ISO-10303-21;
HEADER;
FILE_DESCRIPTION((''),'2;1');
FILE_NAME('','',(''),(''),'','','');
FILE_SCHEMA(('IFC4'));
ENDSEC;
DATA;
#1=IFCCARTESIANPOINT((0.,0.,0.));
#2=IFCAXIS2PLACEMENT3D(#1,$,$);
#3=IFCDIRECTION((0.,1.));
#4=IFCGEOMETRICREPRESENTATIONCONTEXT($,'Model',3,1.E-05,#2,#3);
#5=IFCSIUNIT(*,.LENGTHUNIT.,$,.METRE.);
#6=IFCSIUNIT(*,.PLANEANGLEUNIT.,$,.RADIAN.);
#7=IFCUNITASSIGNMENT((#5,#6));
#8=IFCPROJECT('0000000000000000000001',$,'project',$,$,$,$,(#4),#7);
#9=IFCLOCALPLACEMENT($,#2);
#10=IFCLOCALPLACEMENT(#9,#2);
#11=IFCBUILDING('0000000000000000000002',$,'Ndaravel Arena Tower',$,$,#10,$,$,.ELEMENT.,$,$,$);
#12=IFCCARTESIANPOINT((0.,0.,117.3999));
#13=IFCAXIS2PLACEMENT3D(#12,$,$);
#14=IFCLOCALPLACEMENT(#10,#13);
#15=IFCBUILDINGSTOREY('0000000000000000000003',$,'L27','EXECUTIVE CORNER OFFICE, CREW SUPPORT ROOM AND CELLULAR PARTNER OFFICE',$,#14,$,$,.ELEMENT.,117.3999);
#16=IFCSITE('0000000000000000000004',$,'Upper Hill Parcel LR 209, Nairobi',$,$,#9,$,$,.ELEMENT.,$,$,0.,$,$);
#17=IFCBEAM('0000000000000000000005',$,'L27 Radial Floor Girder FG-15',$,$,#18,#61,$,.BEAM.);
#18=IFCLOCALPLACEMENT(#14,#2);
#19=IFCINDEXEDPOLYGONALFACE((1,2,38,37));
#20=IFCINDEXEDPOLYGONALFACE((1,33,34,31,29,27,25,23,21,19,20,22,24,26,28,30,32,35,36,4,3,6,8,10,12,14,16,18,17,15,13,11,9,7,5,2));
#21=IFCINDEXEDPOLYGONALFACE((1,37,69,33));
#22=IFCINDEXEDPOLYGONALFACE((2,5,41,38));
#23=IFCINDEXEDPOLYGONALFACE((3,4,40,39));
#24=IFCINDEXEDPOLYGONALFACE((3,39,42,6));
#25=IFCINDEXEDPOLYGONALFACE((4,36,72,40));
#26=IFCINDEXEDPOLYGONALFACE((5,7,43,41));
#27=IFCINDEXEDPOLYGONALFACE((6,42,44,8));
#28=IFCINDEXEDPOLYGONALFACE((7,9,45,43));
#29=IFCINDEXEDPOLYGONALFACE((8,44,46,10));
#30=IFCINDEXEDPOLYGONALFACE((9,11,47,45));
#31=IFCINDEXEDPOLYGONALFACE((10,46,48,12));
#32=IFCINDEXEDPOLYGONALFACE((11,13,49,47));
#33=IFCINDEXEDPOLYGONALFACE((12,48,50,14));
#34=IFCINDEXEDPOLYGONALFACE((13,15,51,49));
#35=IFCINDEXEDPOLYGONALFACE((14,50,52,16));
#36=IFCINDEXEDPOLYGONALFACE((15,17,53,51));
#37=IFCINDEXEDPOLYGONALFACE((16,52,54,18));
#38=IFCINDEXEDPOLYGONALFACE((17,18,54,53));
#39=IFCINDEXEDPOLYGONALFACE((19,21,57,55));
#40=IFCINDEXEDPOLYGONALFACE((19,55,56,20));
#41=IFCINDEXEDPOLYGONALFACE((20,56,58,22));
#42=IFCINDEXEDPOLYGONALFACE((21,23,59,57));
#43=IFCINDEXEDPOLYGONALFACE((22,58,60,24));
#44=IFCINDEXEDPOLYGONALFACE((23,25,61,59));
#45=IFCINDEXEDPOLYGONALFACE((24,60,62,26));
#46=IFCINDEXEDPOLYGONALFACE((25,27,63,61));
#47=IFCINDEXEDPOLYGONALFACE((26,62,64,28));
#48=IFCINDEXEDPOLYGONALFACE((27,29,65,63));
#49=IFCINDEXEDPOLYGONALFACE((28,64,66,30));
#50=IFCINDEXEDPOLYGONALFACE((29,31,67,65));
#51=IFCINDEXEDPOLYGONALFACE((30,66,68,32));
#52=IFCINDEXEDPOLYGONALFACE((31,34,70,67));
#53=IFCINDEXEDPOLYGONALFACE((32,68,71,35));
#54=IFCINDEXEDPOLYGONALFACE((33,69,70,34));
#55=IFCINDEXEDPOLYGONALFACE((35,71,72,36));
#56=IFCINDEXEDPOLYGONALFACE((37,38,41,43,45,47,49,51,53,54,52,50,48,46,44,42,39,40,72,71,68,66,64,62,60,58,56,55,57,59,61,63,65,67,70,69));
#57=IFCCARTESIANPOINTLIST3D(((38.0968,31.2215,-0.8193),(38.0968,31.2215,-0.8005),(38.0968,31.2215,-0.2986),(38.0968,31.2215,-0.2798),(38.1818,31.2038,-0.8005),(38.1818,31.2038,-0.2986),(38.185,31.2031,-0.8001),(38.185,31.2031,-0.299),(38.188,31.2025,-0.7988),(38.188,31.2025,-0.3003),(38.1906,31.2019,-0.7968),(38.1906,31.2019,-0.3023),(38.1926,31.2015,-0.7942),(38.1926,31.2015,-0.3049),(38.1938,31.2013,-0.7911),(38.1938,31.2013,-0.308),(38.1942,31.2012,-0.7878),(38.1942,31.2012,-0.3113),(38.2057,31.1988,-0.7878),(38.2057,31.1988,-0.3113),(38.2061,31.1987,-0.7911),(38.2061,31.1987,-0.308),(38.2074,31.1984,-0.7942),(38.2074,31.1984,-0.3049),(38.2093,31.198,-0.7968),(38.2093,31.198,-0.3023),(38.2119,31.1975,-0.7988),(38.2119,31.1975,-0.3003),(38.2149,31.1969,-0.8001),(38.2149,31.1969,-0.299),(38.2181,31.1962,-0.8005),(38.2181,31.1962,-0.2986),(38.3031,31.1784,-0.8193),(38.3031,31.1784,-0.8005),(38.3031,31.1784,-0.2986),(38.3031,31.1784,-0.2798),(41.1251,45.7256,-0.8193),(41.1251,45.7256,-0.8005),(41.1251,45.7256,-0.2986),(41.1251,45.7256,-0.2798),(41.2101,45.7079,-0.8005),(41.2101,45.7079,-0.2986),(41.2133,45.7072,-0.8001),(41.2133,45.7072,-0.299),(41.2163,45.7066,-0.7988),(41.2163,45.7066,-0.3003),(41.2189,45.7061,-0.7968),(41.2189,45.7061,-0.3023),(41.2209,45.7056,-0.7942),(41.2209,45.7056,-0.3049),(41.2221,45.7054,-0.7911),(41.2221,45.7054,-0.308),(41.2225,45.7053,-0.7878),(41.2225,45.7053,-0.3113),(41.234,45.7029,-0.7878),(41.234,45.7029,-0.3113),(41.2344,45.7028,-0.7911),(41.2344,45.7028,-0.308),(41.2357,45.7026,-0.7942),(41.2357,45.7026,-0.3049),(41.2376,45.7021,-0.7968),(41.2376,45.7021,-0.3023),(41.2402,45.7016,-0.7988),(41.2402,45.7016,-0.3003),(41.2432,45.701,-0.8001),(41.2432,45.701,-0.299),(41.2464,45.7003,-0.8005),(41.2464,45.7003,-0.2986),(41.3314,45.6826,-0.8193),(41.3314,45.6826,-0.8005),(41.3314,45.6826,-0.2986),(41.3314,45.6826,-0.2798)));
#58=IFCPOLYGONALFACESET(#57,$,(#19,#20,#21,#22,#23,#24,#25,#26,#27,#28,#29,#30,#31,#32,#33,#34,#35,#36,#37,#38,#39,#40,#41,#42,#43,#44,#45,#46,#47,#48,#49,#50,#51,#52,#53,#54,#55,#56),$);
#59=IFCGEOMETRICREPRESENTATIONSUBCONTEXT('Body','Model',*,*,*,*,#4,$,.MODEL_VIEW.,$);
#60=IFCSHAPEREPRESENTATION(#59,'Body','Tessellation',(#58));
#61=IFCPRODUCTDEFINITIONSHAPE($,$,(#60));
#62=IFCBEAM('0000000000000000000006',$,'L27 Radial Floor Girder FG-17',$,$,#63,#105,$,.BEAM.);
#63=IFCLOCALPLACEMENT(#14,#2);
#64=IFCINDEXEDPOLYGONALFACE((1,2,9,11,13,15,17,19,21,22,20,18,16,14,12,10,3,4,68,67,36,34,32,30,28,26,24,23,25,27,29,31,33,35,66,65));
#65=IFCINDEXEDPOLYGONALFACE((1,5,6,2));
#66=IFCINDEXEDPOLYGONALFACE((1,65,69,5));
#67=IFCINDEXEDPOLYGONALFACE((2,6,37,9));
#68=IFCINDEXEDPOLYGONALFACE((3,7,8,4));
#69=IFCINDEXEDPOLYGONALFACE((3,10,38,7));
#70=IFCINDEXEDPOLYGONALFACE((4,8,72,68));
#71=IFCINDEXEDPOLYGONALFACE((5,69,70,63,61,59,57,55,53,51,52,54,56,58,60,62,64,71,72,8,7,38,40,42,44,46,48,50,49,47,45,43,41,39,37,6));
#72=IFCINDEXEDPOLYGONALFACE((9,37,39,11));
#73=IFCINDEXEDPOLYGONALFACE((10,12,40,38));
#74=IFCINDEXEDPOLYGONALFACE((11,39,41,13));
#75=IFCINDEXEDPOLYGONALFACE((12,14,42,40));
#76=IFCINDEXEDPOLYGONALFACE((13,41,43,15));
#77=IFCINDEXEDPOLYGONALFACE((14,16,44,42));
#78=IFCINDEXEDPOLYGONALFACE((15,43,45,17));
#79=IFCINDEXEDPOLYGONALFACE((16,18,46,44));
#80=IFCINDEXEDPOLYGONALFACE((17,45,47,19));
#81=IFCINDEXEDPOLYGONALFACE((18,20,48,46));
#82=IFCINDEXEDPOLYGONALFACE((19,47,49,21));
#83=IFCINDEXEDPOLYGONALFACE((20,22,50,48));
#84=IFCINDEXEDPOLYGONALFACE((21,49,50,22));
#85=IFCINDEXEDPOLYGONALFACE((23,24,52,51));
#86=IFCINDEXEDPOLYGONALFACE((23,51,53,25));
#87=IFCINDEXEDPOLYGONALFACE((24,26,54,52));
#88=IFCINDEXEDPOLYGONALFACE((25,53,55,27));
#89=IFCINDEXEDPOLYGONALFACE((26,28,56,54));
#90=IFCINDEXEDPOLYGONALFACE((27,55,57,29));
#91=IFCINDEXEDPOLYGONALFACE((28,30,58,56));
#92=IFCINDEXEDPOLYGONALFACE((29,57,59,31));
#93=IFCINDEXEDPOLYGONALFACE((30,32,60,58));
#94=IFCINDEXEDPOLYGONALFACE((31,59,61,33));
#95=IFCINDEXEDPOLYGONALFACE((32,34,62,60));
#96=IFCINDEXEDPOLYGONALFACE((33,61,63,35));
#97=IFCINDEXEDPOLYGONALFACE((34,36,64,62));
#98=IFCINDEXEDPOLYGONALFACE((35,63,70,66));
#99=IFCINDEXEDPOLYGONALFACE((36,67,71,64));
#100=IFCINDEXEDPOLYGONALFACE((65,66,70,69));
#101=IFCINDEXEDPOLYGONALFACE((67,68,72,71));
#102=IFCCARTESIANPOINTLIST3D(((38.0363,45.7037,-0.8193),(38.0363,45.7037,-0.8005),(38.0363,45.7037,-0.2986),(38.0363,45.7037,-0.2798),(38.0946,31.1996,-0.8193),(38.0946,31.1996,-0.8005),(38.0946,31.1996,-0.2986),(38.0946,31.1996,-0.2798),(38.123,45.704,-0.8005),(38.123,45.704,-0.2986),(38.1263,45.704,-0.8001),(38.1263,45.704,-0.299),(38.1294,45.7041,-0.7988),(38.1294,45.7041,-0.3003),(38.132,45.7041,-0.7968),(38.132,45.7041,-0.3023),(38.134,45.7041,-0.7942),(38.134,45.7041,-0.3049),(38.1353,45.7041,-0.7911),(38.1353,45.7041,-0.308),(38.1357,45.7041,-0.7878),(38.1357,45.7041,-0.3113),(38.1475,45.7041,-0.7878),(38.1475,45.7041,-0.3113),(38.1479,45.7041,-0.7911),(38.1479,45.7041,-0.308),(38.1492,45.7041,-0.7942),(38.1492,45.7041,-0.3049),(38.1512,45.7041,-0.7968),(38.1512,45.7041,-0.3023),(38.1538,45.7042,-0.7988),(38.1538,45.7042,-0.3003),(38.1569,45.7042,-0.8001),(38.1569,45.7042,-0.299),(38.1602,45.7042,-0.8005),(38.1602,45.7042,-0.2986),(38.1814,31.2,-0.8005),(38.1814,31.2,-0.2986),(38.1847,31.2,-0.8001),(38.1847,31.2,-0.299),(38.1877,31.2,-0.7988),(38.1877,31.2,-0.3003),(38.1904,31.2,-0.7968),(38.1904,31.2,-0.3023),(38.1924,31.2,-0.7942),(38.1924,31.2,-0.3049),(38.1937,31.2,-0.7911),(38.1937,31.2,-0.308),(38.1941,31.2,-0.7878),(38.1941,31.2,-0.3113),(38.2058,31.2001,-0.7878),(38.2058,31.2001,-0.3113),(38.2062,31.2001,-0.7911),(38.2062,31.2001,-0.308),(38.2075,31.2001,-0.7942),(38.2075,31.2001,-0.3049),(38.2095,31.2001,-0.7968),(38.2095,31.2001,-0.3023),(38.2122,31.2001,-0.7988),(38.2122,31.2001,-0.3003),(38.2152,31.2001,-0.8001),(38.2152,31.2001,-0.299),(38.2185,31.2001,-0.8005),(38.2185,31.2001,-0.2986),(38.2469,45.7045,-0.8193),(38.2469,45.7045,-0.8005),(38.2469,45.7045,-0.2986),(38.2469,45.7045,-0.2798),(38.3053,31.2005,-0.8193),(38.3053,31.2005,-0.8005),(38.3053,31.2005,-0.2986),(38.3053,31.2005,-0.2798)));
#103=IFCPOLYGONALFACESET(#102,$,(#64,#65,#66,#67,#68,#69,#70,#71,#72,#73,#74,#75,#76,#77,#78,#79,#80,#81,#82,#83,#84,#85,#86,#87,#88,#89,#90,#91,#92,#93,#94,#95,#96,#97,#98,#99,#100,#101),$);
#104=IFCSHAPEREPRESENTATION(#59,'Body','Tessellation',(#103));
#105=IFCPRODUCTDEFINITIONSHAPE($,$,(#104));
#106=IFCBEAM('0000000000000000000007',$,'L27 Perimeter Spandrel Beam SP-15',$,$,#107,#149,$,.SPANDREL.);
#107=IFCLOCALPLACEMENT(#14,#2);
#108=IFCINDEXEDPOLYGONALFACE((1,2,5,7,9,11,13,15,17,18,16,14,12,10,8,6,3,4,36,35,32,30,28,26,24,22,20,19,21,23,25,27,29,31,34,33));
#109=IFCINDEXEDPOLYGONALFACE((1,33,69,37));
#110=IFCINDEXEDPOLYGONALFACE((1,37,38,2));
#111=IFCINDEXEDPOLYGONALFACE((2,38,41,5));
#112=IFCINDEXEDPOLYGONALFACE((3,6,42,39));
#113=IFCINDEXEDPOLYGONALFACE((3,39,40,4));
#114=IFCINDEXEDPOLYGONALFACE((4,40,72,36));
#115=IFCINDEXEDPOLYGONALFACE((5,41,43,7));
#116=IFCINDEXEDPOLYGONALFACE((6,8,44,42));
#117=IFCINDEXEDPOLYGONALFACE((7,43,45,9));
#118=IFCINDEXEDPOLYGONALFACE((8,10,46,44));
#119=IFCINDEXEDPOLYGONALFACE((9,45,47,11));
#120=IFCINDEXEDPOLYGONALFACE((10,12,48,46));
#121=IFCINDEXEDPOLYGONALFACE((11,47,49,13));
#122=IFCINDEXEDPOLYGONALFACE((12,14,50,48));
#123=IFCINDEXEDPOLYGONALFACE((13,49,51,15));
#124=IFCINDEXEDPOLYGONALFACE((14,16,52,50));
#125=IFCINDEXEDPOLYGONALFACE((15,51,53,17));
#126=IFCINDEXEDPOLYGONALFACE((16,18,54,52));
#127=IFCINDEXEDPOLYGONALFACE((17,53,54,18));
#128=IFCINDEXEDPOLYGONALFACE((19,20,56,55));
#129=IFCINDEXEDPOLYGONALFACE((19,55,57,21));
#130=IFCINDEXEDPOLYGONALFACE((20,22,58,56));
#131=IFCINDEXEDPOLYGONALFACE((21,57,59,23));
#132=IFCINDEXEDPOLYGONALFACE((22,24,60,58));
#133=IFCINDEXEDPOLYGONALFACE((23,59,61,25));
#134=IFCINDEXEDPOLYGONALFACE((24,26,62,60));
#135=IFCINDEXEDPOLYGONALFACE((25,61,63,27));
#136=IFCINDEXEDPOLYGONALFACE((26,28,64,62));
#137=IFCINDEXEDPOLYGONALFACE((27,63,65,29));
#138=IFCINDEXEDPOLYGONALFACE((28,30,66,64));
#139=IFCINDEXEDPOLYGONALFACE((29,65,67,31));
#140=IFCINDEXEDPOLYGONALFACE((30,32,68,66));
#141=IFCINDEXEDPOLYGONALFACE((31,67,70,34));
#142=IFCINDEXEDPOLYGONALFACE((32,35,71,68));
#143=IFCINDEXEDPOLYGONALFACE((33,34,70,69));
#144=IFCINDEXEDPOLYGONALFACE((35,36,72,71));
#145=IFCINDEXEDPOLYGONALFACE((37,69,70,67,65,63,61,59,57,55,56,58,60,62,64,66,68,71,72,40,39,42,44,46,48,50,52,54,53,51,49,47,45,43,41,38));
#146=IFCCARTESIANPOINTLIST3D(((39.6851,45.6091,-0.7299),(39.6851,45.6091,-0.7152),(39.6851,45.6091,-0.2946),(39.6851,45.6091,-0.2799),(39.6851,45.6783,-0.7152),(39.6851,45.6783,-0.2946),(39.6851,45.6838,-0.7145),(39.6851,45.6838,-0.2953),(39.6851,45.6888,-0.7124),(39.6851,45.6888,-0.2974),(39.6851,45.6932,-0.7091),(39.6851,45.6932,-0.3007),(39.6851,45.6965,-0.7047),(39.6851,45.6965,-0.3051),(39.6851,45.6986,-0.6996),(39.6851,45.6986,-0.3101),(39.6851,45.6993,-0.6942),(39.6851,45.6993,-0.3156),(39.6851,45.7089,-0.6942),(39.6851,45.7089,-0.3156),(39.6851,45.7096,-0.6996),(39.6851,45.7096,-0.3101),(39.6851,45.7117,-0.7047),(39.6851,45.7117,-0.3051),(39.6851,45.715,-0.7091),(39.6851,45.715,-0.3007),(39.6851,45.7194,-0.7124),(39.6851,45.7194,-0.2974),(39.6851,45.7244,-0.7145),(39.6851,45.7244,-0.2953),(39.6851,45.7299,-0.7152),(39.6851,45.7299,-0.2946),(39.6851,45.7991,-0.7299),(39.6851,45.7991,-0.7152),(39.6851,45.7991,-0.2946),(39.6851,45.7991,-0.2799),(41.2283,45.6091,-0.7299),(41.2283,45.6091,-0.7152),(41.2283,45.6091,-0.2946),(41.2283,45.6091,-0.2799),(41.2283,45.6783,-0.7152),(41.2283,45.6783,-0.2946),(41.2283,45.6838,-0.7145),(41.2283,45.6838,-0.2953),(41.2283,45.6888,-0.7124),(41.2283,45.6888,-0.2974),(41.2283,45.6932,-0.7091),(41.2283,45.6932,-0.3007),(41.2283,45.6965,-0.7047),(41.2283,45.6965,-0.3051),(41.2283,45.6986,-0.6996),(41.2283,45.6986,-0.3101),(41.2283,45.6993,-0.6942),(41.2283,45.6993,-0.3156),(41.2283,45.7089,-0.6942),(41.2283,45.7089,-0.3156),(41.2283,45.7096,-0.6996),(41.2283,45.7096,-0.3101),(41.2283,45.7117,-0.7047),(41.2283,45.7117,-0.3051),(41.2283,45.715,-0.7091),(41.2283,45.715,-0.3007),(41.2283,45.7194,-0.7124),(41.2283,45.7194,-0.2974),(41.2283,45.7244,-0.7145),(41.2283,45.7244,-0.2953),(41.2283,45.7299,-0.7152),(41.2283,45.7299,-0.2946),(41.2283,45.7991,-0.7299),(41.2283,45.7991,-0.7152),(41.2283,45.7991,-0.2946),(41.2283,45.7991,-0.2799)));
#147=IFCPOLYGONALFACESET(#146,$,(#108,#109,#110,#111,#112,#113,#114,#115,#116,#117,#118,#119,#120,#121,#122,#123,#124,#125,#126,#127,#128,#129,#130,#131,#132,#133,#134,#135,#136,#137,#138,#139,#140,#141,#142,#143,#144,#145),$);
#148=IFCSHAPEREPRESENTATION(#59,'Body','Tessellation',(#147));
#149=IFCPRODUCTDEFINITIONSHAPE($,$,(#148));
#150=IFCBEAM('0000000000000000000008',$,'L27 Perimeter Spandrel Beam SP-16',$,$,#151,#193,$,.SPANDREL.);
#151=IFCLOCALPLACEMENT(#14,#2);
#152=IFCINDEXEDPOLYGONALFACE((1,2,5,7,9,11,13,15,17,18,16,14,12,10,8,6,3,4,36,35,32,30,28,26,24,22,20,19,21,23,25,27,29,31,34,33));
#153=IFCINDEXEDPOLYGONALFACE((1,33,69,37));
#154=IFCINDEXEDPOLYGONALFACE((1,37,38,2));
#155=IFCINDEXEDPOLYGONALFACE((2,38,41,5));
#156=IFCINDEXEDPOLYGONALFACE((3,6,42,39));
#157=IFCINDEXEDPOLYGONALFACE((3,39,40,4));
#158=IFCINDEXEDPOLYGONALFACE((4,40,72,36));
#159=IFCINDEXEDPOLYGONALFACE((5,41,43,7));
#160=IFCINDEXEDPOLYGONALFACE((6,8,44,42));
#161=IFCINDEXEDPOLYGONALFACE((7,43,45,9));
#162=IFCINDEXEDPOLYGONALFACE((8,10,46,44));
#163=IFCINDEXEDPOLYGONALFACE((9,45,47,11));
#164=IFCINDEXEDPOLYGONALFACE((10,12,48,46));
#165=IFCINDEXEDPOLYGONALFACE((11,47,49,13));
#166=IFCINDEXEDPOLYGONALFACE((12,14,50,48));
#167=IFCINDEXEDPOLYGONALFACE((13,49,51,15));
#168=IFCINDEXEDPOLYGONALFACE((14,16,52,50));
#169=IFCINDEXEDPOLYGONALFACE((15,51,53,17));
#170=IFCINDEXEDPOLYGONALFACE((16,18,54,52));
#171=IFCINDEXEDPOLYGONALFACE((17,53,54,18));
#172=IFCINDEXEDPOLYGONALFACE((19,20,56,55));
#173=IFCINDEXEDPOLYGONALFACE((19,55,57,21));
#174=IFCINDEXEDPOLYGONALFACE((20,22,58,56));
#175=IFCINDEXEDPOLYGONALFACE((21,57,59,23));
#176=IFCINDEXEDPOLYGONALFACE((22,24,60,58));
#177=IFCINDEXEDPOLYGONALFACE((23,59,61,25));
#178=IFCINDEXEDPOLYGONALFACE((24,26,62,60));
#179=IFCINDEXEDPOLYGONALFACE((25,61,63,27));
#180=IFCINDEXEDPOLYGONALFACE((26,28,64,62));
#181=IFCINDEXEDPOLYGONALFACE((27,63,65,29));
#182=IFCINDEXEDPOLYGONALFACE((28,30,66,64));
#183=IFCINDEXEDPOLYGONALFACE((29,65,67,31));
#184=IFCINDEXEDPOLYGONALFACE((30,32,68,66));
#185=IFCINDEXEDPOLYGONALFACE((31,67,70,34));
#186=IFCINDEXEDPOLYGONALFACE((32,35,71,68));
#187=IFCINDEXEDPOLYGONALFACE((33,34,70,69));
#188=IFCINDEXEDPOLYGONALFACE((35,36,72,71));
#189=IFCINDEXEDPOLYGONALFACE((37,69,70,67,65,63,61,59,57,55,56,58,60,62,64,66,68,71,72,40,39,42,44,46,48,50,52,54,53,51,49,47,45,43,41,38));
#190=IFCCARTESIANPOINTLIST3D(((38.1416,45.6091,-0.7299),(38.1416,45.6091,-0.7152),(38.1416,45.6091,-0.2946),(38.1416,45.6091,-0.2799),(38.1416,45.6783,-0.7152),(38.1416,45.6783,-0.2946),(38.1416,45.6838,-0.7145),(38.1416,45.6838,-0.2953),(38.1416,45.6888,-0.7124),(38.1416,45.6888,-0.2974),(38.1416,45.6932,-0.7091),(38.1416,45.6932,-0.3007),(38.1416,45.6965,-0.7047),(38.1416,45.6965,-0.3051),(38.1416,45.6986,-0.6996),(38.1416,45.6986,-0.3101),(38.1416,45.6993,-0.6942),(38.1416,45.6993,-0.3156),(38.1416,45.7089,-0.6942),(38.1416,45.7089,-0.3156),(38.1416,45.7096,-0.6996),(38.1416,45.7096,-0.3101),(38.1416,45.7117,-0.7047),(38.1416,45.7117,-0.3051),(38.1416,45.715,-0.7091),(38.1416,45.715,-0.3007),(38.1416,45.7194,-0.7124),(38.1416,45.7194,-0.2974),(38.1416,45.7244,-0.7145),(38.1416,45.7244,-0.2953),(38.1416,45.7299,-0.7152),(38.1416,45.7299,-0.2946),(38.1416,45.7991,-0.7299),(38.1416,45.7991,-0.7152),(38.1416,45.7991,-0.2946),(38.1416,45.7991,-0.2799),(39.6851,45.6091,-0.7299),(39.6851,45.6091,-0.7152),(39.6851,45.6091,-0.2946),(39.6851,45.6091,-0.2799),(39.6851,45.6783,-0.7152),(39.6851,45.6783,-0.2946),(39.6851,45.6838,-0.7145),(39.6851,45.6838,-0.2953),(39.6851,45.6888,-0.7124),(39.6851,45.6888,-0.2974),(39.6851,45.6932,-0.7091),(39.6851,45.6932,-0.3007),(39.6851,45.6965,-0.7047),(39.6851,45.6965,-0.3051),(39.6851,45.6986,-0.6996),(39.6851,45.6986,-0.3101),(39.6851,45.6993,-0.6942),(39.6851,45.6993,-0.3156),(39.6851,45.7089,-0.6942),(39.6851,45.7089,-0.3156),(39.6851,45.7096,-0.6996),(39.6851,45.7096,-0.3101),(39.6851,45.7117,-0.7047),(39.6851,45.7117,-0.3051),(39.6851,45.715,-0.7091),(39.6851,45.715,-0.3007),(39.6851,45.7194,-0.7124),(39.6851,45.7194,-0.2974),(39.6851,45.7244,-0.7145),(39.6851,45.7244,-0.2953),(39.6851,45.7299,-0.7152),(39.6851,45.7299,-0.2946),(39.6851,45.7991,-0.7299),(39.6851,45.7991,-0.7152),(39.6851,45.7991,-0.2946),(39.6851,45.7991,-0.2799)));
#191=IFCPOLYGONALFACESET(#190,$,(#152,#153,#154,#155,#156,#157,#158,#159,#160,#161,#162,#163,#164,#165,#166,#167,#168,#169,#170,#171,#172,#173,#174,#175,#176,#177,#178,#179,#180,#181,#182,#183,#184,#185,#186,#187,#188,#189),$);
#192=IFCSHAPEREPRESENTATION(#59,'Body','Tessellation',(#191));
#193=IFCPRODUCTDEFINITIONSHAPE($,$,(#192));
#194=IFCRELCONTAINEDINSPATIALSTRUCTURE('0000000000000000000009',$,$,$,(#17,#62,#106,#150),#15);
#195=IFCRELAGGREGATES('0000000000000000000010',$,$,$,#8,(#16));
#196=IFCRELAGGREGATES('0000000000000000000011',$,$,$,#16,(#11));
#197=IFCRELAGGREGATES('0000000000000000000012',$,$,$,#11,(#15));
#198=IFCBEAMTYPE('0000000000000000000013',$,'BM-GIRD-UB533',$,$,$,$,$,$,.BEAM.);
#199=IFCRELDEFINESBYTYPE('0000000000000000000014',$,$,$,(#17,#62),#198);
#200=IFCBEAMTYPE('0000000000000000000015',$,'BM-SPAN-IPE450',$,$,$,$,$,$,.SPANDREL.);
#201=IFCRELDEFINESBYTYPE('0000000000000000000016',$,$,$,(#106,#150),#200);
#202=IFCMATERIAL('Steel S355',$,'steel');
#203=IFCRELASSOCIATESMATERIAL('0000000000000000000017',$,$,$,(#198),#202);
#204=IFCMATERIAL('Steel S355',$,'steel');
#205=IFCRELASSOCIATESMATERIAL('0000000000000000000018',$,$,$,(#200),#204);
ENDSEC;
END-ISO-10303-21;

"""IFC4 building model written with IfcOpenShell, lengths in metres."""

from ifc_helpers import new_model, si_unit, direction, frame, origin, origin_2d, place, context, subcontext, project, spatial, i_section, extrude, material, material_profile, profile_set, type_object, element, save


model = new_model("IFC4")

# Units and contexts
model_context = context("Model", 3, precision=1e-05, world=origin(), true_north=direction((0.0, 1.0)))
body_context = subcontext(model_context, "Body", "Model", "MODEL_VIEW")
ifc_project = project(units=[si_unit("LENGTHUNIT", "METRE"), si_unit("PLANEANGLEUNIT", "RADIAN")], contexts=[model_context])

# Site, building, storey
site_placement = place(None, origin())
site = spatial("IfcSite", under=ifc_project, at=site_placement, Name="Upper Hill Parcel LR 209, Nairobi", CompositionType="ELEMENT", RefElevation=0.0)
building_placement = place(site_placement, origin())
building = spatial("IfcBuilding", under=site, at=building_placement, Name="Ndaravel Arena Tower", CompositionType="ELEMENT")
storey_placement = place(building_placement, frame((0.0, 0.0, 117.3999)))
storey = spatial("IfcBuildingStorey", under=building, at=storey_placement, Name="L27", Description="EXECUTIVE CORNER OFFICE, CREW SUPPORT ROOM AND CELLULAR PARTNER OFFICE", CompositionType="ELEMENT", Elevation=117.3999)

# Beams
ifc_material_1 = material(Name="Steel S355", Category="steel")
ifc_material_profile_1 = material_profile(ifc_material_1, i_section(OverallWidth=0.2107, OverallDepth=0.5396, WebThickness=0.0117, FlangeThickness=0.0188, FilletRadius=0.0127, at=origin_2d()), Name="UB 533x210x109")
ifc_profile_set_1 = profile_set([ifc_material_profile_1], Name="Steel S355")
beam_type_1 = type_object("IfcBeamType", Name="BM-GIRD-UB533", PredefinedType="BEAM", material=ifc_profile_set_1)
beam_1_placement = place(storey_placement, frame((41.2283, 45.7041, -0.5496), z_axis=(-0.204383, -0.978891, 0.0), x_axis=(0.978891, -0.204383, 0.0)))
element("IfcBeam", 1, at=beam_1_placement, inside=storey, type_object=beam_type_1, Name="L27 Radial Floor Girder FG-15", PredefinedType="BEAM", context=body_context, shape_type="SweptSolid", body=[
    extrude(i_section(OverallWidth=0.2107, OverallDepth=0.5396, WebThickness=0.0117, FlangeThickness=0.0188, FilletRadius=0.0127, at=origin_2d()), origin(), (0.0, 0.0, 1.0), 14.8169),
])
beam_2_placement = place(storey_placement, frame((38.1416, 45.7041, -0.5496), z_axis=(0.004023, -0.999992, 0.0), x_axis=(0.999992, 0.004023, 0.0)))
element("IfcBeam", 2, at=beam_2_placement, inside=storey, type_object=beam_type_1, Name="L27 Radial Floor Girder FG-17", PredefinedType="BEAM", context=body_context, shape_type="SweptSolid", body=[
    extrude(i_section(OverallWidth=0.2107, OverallDepth=0.5396, WebThickness=0.0117, FlangeThickness=0.0188, FilletRadius=0.0127, at=origin_2d()), origin(), (0.0, 0.0, 1.0), 14.5042),
])
ifc_material_2 = material(Name="Steel S355", Category="steel")
ifc_material_profile_2 = material_profile(ifc_material_2, i_section(OverallWidth=0.1899, OverallDepth=0.45, WebThickness=0.0095, FlangeThickness=0.0146, FilletRadius=0.021, at=origin_2d()), Name="IPE 450")
ifc_profile_set_2 = profile_set([ifc_material_profile_2], Name="Steel S355")
beam_type_2 = type_object("IfcBeamType", Name="BM-SPAN-IPE450", PredefinedType="SPANDREL", material=ifc_profile_set_2)
beam_3_placement = place(storey_placement, frame((41.2283, 45.7041, -0.5049), z_axis=(-1.0, 0.0, 0.0), x_axis=(0.0, -1.0, 0.0)))
element("IfcBeam", 3, at=beam_3_placement, inside=storey, type_object=beam_type_2, Name="L27 Perimeter Spandrel Beam SP-15", PredefinedType="SPANDREL", context=body_context, shape_type="SweptSolid", body=[
    extrude(i_section(OverallWidth=0.1899, OverallDepth=0.45, WebThickness=0.0095, FlangeThickness=0.0146, FilletRadius=0.021, at=origin_2d()), origin(), (0.0, 0.0, 1.0), 1.5432),
])
beam_4_placement = place(storey_placement, frame((39.6851, 45.7041, -0.5049), z_axis=(-1.0, 0.0, 0.0), x_axis=(0.0, -1.0, 0.0)))
element("IfcBeam", 4, at=beam_4_placement, inside=storey, type_object=beam_type_2, Name="L27 Perimeter Spandrel Beam SP-16", PredefinedType="SPANDREL", context=body_context, shape_type="SweptSolid", body=[
    extrude(i_section(OverallWidth=0.1899, OverallDepth=0.45, WebThickness=0.0095, FlangeThickness=0.0146, FilletRadius=0.021, at=origin_2d()), origin(), (0.0, 0.0, 1.0), 1.5435),
])

save(model, "model.ifc")
